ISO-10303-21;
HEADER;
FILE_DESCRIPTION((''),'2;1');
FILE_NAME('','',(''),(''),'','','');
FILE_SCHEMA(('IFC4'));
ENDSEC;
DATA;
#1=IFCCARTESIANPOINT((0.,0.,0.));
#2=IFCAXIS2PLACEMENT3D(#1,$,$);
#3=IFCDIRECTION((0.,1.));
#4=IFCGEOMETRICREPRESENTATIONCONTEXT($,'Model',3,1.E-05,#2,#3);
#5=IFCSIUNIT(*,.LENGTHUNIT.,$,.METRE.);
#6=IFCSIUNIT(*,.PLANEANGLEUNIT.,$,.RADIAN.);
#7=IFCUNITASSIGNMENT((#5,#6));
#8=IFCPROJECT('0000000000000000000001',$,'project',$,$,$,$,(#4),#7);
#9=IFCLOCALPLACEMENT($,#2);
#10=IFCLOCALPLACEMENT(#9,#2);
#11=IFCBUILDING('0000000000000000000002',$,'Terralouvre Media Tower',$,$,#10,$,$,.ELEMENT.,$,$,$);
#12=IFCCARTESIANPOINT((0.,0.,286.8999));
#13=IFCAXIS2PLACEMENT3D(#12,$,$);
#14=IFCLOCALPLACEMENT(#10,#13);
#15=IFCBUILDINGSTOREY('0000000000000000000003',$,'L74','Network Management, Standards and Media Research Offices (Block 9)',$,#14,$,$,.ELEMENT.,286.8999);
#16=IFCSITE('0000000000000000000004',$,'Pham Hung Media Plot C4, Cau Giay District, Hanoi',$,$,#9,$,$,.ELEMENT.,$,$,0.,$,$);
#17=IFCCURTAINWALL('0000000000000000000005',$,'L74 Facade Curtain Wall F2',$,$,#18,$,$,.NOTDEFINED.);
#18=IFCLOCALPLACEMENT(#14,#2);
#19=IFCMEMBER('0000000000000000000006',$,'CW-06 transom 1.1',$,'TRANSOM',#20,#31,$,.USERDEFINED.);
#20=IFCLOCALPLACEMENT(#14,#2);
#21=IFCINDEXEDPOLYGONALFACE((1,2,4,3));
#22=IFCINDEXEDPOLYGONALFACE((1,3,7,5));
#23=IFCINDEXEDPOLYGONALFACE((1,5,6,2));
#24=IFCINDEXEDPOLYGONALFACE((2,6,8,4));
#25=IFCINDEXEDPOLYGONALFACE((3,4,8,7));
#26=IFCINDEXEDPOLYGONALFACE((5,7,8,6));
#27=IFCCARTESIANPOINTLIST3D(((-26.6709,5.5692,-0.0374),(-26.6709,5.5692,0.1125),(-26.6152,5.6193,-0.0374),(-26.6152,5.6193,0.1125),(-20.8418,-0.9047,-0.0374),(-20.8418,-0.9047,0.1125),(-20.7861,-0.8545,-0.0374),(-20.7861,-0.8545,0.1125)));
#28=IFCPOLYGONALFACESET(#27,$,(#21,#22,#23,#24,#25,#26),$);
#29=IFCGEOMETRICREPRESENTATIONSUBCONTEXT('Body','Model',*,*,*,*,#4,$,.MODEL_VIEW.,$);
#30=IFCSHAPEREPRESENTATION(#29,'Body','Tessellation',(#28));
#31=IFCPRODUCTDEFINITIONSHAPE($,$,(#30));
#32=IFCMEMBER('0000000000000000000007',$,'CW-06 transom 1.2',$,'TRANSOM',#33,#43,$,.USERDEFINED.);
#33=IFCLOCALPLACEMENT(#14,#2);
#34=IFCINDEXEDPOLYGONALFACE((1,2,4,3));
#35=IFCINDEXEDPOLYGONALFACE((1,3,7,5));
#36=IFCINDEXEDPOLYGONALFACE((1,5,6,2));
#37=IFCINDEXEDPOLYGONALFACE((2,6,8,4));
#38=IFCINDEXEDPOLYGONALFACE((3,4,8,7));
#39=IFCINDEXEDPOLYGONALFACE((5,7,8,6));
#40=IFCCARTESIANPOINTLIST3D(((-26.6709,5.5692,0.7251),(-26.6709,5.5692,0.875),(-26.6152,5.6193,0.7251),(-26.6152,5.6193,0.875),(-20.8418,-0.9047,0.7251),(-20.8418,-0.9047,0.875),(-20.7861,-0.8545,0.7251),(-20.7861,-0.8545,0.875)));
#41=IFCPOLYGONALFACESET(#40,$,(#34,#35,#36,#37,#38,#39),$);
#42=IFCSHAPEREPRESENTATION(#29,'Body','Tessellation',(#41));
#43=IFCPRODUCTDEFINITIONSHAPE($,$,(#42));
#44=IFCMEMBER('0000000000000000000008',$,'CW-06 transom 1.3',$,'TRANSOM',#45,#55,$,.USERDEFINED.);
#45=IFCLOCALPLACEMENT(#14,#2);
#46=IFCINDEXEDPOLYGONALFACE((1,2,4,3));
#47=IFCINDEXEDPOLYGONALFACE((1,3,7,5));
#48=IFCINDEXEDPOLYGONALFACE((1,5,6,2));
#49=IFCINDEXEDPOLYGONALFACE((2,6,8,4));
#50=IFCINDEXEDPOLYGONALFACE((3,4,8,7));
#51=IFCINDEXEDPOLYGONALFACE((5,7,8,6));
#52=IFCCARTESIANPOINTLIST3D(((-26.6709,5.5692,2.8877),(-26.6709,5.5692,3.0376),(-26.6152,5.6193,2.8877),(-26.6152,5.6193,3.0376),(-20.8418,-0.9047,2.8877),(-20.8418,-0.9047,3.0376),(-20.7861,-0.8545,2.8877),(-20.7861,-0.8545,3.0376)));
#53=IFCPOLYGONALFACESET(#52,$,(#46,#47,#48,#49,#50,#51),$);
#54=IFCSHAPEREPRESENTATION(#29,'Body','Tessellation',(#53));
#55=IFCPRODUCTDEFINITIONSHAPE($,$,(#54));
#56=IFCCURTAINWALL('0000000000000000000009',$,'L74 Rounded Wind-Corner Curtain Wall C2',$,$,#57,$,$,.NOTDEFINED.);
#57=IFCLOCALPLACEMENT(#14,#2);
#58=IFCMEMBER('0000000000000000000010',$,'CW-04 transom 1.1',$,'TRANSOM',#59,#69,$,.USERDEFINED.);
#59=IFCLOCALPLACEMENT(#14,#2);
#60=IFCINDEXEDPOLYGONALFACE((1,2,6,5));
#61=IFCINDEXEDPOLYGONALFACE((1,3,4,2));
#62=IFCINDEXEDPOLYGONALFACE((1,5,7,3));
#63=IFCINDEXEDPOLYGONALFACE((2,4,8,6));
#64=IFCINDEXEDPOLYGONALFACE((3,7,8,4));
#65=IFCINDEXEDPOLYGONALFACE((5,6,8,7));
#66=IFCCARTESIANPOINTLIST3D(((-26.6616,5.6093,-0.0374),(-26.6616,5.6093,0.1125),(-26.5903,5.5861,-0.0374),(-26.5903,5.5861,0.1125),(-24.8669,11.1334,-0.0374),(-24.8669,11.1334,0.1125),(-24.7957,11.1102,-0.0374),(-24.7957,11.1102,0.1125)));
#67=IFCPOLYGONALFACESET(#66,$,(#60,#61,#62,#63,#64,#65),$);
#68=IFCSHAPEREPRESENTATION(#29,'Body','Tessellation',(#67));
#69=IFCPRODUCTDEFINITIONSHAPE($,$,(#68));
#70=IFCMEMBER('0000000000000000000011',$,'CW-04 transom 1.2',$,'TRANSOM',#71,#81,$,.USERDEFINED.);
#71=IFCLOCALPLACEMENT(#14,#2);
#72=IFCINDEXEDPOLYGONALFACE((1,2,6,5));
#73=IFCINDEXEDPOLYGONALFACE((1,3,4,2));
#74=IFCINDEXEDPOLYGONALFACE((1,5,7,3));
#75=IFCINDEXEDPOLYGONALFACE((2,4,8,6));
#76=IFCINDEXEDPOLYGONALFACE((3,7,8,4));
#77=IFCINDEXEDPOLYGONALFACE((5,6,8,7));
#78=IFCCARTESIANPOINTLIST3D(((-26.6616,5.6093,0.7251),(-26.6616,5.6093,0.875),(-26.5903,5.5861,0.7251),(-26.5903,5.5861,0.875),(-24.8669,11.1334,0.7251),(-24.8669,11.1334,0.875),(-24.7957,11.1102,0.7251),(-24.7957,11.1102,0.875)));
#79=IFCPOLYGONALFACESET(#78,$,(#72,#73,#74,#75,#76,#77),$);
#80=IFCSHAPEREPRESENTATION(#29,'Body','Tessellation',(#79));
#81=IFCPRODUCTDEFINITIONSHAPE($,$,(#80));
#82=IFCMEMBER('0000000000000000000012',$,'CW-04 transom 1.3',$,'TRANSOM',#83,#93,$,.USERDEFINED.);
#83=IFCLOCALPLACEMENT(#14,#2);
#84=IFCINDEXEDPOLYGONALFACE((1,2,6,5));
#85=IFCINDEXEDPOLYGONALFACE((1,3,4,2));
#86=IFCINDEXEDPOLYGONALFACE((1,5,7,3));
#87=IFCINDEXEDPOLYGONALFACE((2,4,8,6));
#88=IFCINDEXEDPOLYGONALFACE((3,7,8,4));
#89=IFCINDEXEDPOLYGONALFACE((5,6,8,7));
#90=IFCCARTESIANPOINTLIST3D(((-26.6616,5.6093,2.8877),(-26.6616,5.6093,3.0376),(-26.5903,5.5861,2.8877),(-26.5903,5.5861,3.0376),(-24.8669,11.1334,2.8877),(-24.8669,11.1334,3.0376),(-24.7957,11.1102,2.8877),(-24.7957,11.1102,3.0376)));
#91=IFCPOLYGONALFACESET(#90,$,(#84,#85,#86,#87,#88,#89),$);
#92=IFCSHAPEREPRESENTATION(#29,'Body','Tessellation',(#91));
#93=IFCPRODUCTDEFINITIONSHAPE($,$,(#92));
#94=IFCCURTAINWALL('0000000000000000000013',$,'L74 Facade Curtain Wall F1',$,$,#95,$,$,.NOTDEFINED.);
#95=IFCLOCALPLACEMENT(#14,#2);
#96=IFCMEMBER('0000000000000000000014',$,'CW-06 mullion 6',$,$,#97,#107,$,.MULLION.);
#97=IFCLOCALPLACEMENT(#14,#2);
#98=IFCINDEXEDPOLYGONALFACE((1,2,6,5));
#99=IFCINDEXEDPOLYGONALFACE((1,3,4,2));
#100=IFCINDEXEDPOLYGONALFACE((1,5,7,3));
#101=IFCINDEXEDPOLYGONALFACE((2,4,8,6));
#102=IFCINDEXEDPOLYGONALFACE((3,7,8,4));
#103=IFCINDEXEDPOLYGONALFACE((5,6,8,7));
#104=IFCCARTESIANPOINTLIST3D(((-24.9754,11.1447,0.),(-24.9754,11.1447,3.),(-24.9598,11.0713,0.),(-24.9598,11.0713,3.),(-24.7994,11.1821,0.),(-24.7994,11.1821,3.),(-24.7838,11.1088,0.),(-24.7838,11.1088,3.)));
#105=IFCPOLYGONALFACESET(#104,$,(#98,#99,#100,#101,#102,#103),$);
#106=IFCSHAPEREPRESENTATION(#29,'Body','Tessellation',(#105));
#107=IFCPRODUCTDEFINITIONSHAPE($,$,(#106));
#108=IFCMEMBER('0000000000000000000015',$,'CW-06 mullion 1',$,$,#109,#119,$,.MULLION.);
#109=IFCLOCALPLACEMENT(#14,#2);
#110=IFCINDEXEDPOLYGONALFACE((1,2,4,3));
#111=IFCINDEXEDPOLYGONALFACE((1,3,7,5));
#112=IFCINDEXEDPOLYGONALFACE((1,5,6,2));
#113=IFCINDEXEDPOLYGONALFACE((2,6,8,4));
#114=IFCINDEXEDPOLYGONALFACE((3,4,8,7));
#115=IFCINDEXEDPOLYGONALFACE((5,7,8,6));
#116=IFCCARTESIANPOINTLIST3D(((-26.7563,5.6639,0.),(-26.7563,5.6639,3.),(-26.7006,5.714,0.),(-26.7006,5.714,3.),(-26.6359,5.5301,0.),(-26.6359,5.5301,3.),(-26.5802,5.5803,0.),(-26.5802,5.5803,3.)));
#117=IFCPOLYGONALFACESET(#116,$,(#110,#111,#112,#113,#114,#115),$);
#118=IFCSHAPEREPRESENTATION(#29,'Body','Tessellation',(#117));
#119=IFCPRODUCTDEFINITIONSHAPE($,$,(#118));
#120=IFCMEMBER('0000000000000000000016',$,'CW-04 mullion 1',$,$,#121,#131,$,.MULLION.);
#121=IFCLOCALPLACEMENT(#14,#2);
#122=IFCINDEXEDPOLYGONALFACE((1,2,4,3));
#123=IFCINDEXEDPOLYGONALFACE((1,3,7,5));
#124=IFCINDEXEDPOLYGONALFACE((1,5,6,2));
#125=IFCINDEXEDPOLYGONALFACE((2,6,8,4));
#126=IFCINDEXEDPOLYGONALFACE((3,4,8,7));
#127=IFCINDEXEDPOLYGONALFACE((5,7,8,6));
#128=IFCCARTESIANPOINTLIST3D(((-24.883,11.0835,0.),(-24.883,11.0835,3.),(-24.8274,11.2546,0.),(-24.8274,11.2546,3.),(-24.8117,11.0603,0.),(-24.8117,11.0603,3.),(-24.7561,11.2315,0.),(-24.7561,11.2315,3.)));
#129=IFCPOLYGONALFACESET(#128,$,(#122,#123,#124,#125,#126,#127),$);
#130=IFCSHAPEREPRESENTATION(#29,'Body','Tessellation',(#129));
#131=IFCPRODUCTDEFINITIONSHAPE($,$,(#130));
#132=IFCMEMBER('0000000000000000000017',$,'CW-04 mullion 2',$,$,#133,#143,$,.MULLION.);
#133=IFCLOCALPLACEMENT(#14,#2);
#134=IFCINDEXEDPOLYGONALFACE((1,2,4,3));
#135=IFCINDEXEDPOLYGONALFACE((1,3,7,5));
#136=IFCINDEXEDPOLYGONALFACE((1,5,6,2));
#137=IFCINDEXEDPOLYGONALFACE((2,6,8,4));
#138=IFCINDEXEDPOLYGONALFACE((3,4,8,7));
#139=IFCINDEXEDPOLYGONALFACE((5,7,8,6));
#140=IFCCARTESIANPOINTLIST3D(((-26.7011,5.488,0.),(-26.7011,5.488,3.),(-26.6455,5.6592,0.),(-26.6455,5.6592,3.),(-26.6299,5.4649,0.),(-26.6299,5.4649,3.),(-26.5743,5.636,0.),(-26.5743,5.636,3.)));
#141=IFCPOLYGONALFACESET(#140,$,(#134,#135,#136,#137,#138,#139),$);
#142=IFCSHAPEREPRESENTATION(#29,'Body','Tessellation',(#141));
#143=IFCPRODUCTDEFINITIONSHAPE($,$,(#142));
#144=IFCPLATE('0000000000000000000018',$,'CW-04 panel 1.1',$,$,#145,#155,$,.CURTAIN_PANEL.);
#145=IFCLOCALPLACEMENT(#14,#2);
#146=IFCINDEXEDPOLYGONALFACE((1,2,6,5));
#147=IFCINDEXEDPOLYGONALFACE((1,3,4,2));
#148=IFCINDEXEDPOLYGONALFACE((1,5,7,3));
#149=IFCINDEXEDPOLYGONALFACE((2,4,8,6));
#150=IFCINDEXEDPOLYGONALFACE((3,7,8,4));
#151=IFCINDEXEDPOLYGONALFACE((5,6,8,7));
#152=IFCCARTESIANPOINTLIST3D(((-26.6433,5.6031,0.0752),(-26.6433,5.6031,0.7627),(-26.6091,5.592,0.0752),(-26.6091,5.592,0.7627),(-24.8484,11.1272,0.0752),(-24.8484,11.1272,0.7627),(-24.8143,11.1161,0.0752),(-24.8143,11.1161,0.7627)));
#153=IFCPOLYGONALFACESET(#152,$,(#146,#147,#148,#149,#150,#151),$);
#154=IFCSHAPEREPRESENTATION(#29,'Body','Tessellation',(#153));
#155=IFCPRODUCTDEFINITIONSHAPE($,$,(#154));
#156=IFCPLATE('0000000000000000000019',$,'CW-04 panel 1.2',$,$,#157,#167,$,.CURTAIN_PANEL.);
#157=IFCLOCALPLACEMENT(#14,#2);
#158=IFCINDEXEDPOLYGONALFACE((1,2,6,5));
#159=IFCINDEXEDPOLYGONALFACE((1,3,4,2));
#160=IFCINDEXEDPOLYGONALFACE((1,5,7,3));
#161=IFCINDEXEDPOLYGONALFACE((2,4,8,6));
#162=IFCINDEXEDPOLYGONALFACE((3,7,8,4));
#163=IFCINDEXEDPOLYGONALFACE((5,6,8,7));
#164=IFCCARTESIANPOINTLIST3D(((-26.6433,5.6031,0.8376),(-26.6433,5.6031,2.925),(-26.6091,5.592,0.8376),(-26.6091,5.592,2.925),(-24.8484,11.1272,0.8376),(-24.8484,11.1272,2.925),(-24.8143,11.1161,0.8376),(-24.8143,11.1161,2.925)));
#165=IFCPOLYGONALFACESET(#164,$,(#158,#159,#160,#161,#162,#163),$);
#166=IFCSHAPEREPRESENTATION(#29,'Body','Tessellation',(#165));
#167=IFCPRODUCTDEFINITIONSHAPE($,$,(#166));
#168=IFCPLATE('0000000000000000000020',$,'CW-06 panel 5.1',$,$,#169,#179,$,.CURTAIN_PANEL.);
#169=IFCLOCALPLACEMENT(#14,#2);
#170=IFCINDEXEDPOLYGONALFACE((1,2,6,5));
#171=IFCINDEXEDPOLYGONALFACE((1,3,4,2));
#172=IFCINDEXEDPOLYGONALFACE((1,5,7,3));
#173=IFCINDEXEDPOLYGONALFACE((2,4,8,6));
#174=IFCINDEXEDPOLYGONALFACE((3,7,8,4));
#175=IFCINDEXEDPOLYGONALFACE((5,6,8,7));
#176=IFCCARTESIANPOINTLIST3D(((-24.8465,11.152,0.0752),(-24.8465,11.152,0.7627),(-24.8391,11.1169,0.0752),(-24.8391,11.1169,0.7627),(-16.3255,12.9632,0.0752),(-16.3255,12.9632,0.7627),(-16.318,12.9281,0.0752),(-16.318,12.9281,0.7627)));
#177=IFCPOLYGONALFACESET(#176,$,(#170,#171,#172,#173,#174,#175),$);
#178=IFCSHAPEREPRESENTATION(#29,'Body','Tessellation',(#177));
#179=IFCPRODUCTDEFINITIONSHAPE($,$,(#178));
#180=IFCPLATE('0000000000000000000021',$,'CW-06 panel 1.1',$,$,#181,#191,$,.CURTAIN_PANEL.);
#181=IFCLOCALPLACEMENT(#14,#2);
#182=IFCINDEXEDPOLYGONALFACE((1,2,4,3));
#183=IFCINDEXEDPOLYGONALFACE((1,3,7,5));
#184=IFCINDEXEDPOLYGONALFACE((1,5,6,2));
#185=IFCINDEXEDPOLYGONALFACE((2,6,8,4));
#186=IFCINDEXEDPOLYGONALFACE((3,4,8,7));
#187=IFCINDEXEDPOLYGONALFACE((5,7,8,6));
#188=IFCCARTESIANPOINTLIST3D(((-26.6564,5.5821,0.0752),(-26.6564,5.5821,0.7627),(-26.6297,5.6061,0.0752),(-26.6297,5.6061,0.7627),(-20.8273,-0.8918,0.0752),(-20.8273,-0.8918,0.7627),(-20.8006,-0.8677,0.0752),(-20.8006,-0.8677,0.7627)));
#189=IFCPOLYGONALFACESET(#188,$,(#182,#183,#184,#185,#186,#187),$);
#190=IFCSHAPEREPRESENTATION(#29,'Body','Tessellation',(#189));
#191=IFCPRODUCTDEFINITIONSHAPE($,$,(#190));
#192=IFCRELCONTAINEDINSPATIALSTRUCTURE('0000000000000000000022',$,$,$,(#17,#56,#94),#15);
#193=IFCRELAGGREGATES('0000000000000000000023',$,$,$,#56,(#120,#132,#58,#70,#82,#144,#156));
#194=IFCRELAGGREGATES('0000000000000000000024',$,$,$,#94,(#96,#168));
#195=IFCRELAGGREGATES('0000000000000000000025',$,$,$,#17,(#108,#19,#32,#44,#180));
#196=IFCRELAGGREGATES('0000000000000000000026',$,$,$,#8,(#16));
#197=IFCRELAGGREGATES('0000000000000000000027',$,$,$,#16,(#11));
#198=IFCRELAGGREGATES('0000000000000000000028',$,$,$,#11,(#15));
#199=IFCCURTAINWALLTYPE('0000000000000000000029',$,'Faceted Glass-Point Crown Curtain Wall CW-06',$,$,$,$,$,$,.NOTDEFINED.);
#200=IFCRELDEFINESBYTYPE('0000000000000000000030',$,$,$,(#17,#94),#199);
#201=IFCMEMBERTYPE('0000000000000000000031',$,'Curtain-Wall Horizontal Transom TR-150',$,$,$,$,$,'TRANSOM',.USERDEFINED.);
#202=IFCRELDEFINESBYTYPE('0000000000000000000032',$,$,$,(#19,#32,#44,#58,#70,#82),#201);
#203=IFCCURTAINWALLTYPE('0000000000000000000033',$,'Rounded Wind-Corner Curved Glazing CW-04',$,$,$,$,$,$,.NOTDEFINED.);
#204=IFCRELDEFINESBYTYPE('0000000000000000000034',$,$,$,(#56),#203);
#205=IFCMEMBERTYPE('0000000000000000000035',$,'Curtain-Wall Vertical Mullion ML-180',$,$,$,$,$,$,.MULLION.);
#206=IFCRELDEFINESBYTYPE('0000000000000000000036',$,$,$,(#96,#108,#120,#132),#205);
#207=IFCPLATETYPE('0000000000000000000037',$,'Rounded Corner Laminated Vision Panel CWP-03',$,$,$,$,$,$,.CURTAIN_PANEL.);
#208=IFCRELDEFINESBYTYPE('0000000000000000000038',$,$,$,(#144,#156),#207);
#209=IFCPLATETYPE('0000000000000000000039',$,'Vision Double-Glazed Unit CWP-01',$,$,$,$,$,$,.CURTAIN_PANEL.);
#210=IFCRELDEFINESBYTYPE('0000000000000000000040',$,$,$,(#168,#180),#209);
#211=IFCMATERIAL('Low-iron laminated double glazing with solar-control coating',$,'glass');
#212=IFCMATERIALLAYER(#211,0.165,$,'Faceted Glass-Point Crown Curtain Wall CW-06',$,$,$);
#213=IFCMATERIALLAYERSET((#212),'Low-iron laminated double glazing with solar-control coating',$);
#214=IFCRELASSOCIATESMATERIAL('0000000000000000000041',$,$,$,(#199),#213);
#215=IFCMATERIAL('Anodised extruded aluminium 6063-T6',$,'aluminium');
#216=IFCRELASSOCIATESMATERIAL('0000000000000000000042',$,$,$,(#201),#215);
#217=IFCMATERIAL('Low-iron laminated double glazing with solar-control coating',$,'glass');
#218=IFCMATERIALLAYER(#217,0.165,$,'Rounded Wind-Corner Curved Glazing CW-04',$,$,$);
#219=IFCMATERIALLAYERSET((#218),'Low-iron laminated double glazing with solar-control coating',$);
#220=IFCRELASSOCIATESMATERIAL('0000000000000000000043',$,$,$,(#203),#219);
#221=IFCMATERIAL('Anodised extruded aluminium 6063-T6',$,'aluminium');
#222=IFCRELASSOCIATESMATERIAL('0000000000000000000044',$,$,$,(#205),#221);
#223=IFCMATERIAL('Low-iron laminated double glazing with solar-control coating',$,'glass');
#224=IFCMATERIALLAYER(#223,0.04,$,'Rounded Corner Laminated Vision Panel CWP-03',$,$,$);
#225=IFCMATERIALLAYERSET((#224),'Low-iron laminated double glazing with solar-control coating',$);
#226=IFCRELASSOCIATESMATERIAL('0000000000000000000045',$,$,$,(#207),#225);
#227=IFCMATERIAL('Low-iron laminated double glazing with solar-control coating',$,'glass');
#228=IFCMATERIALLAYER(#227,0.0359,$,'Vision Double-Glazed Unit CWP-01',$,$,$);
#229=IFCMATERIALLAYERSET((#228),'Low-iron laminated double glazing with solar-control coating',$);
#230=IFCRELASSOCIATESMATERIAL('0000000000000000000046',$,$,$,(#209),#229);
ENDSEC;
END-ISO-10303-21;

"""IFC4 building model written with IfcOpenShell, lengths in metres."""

from ifc_helpers import new_model, si_unit, direction, frame, origin, origin_2d, place, context, subcontext, project, spatial, rectangle, extrude, material, layer, layer_set, material_profile, profile_set, type_object, element, aggregate, save


model = new_model("IFC4")

# Units and contexts
model_context = context("Model", 3, precision=1e-05, world=origin(), true_north=direction((0.0, 1.0)))
body_context = subcontext(model_context, "Body", "Model", "MODEL_VIEW")
ifc_project = project(units=[si_unit("LENGTHUNIT", "METRE"), si_unit("PLANEANGLEUNIT", "RADIAN")], contexts=[model_context])

# Site, building, storey
site_placement = place(None, origin())
site = spatial("IfcSite", under=ifc_project, at=site_placement, Name="Pham Hung Media Plot C4, Cau Giay District, Hanoi", CompositionType="ELEMENT", RefElevation=0.0)
building_placement = place(site_placement, origin())
building = spatial("IfcBuilding", under=site, at=building_placement, Name="Terralouvre Media Tower", CompositionType="ELEMENT")
storey_placement = place(building_placement, frame((0.0, 0.0, 286.8999)))
storey = spatial("IfcBuildingStorey", under=building, at=storey_placement, Name="L74", Description="Network Management, Standards and Media Research Offices (Block 9)", CompositionType="ELEMENT", Elevation=286.8999)

# Curtain walls, members
ifc_material_1 = material(Name="Low-iron laminated double glazing with solar-control coating", Category="glass")
ifc_layer_1 = layer(ifc_material_1, 0.165, Name="Faceted Glass-Point Crown Curtain Wall CW-06")
ifc_layer_set_1 = layer_set([ifc_layer_1], Name="Low-iron laminated double glazing with solar-control coating")
curtain_wall_type_1 = type_object("IfcCurtainWallType", Name="Faceted Glass-Point Crown Curtain Wall CW-06", PredefinedType="NOTDEFINED", material=ifc_layer_set_1)
curtain_wall_1_placement = place(storey_placement, origin())
curtain_wall_1 = element("IfcCurtainWall", 1, at=curtain_wall_1_placement, inside=storey, type_object=curtain_wall_type_1, Name="L74 Facade Curtain Wall F2", PredefinedType="NOTDEFINED")
ifc_material_2 = material(Name="Anodised extruded aluminium 6063-T6", Category="aluminium")
ifc_material_profile_1 = material_profile(ifc_material_2, rectangle(XDim=0.075, YDim=0.1499, at=origin_2d()), Name="ALU 75x150")
ifc_profile_set_1 = profile_set([ifc_material_profile_1], Name="Anodised extruded aluminium 6063-T6")
member_type_1 = type_object("IfcMemberType", Name="Curtain-Wall Horizontal Transom TR-150", ElementType="TRANSOM", PredefinedType="USERDEFINED", material=ifc_profile_set_1)
member_1_placement = place(storey_placement, frame((-26.6431, 5.5942, 0.0376), z_axis=(0.66913, -0.743145, 0.0), x_axis=(0.743145, 0.66913, 0.0)))
member_1 = element("IfcMember", 2, at=member_1_placement, type_object=member_type_1, Name="CW-06 transom 1.1", ObjectType="TRANSOM", PredefinedType="USERDEFINED", context=body_context, shape_type="SweptSolid", body=[
    extrude(rectangle(XDim=0.075, YDim=0.1499, at=origin_2d()), origin(), (0.0, 0.0, 1.0), 8.7114),
])
member_2_placement = place(storey_placement, frame((-26.6431, 5.5942, 0.8), z_axis=(0.66913, -0.743145, 0.0), x_axis=(0.743145, 0.66913, 0.0)))
member_2 = element("IfcMember", 3, at=member_2_placement, type_object=member_type_1, Name="CW-06 transom 1.2", ObjectType="TRANSOM", PredefinedType="USERDEFINED", context=body_context, shape_type="SweptSolid", body=[
    extrude(rectangle(XDim=0.075, YDim=0.1499, at=origin_2d()), origin(), (0.0, 0.0, 1.0), 8.7114),
])
member_3_placement = place(storey_placement, frame((-26.6431, 5.5942, 2.9626), z_axis=(0.66913, -0.743145, 0.0), x_axis=(0.743145, 0.66913, 0.0)))
member_3 = element("IfcMember", 4, at=member_3_placement, type_object=member_type_1, Name="CW-06 transom 1.3", ObjectType="TRANSOM", PredefinedType="USERDEFINED", context=body_context, shape_type="SweptSolid", body=[
    extrude(rectangle(XDim=0.075, YDim=0.1499, at=origin_2d()), origin(), (0.0, 0.0, 1.0), 8.7114),
])
ifc_material_3 = material(Name="Low-iron laminated double glazing with solar-control coating", Category="glass")
ifc_layer_2 = layer(ifc_material_3, 0.165, Name="Rounded Wind-Corner Curved Glazing CW-04")
ifc_layer_set_2 = layer_set([ifc_layer_2], Name="Low-iron laminated double glazing with solar-control coating")
curtain_wall_type_2 = type_object("IfcCurtainWallType", Name="Rounded Wind-Corner Curved Glazing CW-04", PredefinedType="NOTDEFINED", material=ifc_layer_set_2)
curtain_wall_2_placement = place(storey_placement, origin())
curtain_wall_2 = element("IfcCurtainWall", 5, at=curtain_wall_2_placement, inside=storey, type_object=curtain_wall_type_2, Name="L74 Rounded Wind-Corner Curtain Wall C2", PredefinedType="NOTDEFINED")
member_4_placement = place(storey_placement, frame((-24.8313, 11.1218, 0.0376), z_axis=(-0.308981, -0.951068, 0.0), x_axis=(0.951068, -0.308981, 0.0)))
member_4 = element("IfcMember", 6, at=member_4_placement, type_object=member_type_1, Name="CW-04 transom 1.1", ObjectType="TRANSOM", PredefinedType="USERDEFINED", context=body_context, shape_type="SweptSolid", body=[
    extrude(rectangle(XDim=0.075, YDim=0.1499, at=origin_2d()), origin(), (0.0, 0.0, 1.0), 5.8083),
])
member_5_placement = place(storey_placement, frame((-24.8313, 11.1218, 0.8), z_axis=(-0.308981, -0.951068, 0.0), x_axis=(0.951068, -0.308981, 0.0)))
member_5 = element("IfcMember", 7, at=member_5_placement, type_object=member_type_1, Name="CW-04 transom 1.2", ObjectType="TRANSOM", PredefinedType="USERDEFINED", context=body_context, shape_type="SweptSolid", body=[
    extrude(rectangle(XDim=0.075, YDim=0.1499, at=origin_2d()), origin(), (0.0, 0.0, 1.0), 5.8083),
])
member_6_placement = place(storey_placement, frame((-24.8313, 11.1218, 2.9626), z_axis=(-0.308981, -0.951068, 0.0), x_axis=(0.951068, -0.308981, 0.0)))
member_6 = element("IfcMember", 8, at=member_6_placement, type_object=member_type_1, Name="CW-04 transom 1.3", ObjectType="TRANSOM", PredefinedType="USERDEFINED", context=body_context, shape_type="SweptSolid", body=[
    extrude(rectangle(XDim=0.075, YDim=0.1499, at=origin_2d()), origin(), (0.0, 0.0, 1.0), 5.8083),
])

# Curtain wall, member
curtain_wall_3_placement = place(storey_placement, origin())
curtain_wall_3 = element("IfcCurtainWall", 9, at=curtain_wall_3_placement, inside=storey, type_object=curtain_wall_type_1, Name="L74 Facade Curtain Wall F1", PredefinedType="NOTDEFINED")
ifc_material_4 = material(Name="Anodised extruded aluminium 6063-T6", Category="aluminium")
ifc_material_profile_2 = material_profile(ifc_material_4, rectangle(XDim=0.075, YDim=0.1799, at=origin_2d()), Name="ALU 75x180")
ifc_profile_set_2 = profile_set([ifc_material_profile_2], Name="Anodised extruded aluminium 6063-T6")
member_type_2 = type_object("IfcMemberType", Name="Curtain-Wall Vertical Mullion ML-180", PredefinedType="MULLION", material=ifc_profile_set_2)
member_7_placement = place(storey_placement, frame((-24.8796, 11.1267, 0.0), z_axis=(0.0, 0.0, 1.0), x_axis=(0.207912, -0.978148, 0.0)))
member_7 = element("IfcMember", 10, at=member_7_placement, type_object=member_type_2, Name="CW-06 mullion 6", PredefinedType="MULLION", context=body_context, shape_type="SweptSolid", body=[
    extrude(rectangle(XDim=0.075, YDim=0.1799, at=origin_2d()), origin(), (0.0, 0.0, 1.0), 3.0),
])

# Members
member_8_placement = place(storey_placement, frame((-26.6682, 5.6221, 0.0), z_axis=(0.0, 0.0, 1.0), x_axis=(0.743145, 0.669131, 0.0)))
member_8 = element("IfcMember", 11, at=member_8_placement, type_object=member_type_2, Name="CW-06 mullion 1", PredefinedType="MULLION", context=body_context, shape_type="SweptSolid", body=[
    extrude(rectangle(XDim=0.075, YDim=0.1799, at=origin_2d()), origin(), (0.0, 0.0, 1.0), 3.0),
])
member_9_placement = place(storey_placement, frame((-24.8196, 11.1575, 0.0), z_axis=(0.0, 0.0, 1.0), x_axis=(0.951057, -0.309017, 0.0)))
member_9 = element("IfcMember", 12, at=member_9_placement, type_object=member_type_2, Name="CW-04 mullion 1", PredefinedType="MULLION", context=body_context, shape_type="SweptSolid", body=[
    extrude(rectangle(XDim=0.075, YDim=0.1799, at=origin_2d()), origin(), (0.0, 0.0, 1.0), 3.0),
])
member_10_placement = place(storey_placement, frame((-26.6377, 5.562, 0.0), z_axis=(0.0, 0.0, 1.0), x_axis=(0.951057, -0.309017, 0.0)))
member_10 = element("IfcMember", 13, at=member_10_placement, type_object=member_type_2, Name="CW-04 mullion 2", PredefinedType="MULLION", context=body_context, shape_type="SweptSolid", body=[
    extrude(rectangle(XDim=0.075, YDim=0.1799, at=origin_2d()), origin(), (0.0, 0.0, 1.0), 3.0),
])

# Plates
ifc_material_5 = material(Name="Low-iron laminated double glazing with solar-control coating", Category="glass")
ifc_layer_3 = layer(ifc_material_5, 0.04, Name="Rounded Corner Laminated Vision Panel CWP-03")
ifc_layer_set_3 = layer_set([ifc_layer_3], Name="Low-iron laminated double glazing with solar-control coating")
plate_type_1 = type_object("IfcPlateType", Name="Rounded Corner Laminated Vision Panel CWP-03", PredefinedType="CURTAIN_PANEL", material=ifc_layer_set_3)
plate_1_placement = place(storey_placement, frame((-25.7288, 8.3596, 0.0752), z_axis=(0.0, 0.0, 1.0), x_axis=(-0.309017, -0.951057, 0.0)))
plate_1 = element("IfcPlate", 14, at=plate_1_placement, type_object=plate_type_1, Name="CW-04 panel 1.1", PredefinedType="CURTAIN_PANEL", context=body_context, shape_type="SweptSolid", body=[
    extrude(rectangle(XDim=5.8083, YDim=0.0359, at=origin_2d()), origin(), (0.0, 0.0, 1.0), 0.6875),
])
plate_2_placement = place(storey_placement, frame((-25.7288, 8.3596, 0.8376), z_axis=(0.0, 0.0, 1.0), x_axis=(-0.309017, -0.951057, 0.0)))
plate_2 = element("IfcPlate", 15, at=plate_2_placement, type_object=plate_type_1, Name="CW-04 panel 1.2", PredefinedType="CURTAIN_PANEL", context=body_context, shape_type="SweptSolid", body=[
    extrude(rectangle(XDim=5.8083, YDim=0.0359, at=origin_2d()), origin(), (0.0, 0.0, 1.0), 2.0874),
])
aggregate(curtain_wall_2, [member_9, member_10, member_4, member_5, member_6, plate_1, plate_2])
ifc_material_6 = material(Name="Low-iron laminated double glazing with solar-control coating", Category="glass")
ifc_layer_4 = layer(ifc_material_6, 0.0359, Name="Vision Double-Glazed Unit CWP-01")
ifc_layer_set_4 = layer_set([ifc_layer_4], Name="Low-iron laminated double glazing with solar-control coating")
plate_type_2 = type_object("IfcPlateType", Name="Vision Double-Glazed Unit CWP-01", PredefinedType="CURTAIN_PANEL", material=ifc_layer_set_4)
plate_3_placement = place(storey_placement, frame((-20.5823, 12.04, 0.0752), z_axis=(0.0, 0.0, 1.0), x_axis=(-0.978148, -0.207912, 0.0)))
plate_3 = element("IfcPlate", 16, at=plate_3_placement, type_object=plate_type_2, Name="CW-06 panel 5.1", PredefinedType="CURTAIN_PANEL", context=body_context, shape_type="SweptSolid", body=[
    extrude(rectangle(XDim=8.7114, YDim=0.0359, at=origin_2d()), origin(), (0.0, 0.0, 1.0), 0.6875),
])
aggregate(curtain_wall_3, [member_7, plate_3])
plate_4_placement = place(storey_placement, frame((-23.7285, 2.3572, 0.0752), z_axis=(0.0, 0.0, 1.0), x_axis=(0.669131, -0.743145, 0.0)))
plate_4 = element("IfcPlate", 17, at=plate_4_placement, type_object=plate_type_2, Name="CW-06 panel 1.1", PredefinedType="CURTAIN_PANEL", context=body_context, shape_type="SweptSolid", body=[
    extrude(rectangle(XDim=8.7114, YDim=0.0359, at=origin_2d()), origin(), (0.0, 0.0, 1.0), 0.6875),
])
aggregate(curtain_wall_1, [member_8, member_1, member_2, member_3, plate_4])

save(model, "model.ifc")
